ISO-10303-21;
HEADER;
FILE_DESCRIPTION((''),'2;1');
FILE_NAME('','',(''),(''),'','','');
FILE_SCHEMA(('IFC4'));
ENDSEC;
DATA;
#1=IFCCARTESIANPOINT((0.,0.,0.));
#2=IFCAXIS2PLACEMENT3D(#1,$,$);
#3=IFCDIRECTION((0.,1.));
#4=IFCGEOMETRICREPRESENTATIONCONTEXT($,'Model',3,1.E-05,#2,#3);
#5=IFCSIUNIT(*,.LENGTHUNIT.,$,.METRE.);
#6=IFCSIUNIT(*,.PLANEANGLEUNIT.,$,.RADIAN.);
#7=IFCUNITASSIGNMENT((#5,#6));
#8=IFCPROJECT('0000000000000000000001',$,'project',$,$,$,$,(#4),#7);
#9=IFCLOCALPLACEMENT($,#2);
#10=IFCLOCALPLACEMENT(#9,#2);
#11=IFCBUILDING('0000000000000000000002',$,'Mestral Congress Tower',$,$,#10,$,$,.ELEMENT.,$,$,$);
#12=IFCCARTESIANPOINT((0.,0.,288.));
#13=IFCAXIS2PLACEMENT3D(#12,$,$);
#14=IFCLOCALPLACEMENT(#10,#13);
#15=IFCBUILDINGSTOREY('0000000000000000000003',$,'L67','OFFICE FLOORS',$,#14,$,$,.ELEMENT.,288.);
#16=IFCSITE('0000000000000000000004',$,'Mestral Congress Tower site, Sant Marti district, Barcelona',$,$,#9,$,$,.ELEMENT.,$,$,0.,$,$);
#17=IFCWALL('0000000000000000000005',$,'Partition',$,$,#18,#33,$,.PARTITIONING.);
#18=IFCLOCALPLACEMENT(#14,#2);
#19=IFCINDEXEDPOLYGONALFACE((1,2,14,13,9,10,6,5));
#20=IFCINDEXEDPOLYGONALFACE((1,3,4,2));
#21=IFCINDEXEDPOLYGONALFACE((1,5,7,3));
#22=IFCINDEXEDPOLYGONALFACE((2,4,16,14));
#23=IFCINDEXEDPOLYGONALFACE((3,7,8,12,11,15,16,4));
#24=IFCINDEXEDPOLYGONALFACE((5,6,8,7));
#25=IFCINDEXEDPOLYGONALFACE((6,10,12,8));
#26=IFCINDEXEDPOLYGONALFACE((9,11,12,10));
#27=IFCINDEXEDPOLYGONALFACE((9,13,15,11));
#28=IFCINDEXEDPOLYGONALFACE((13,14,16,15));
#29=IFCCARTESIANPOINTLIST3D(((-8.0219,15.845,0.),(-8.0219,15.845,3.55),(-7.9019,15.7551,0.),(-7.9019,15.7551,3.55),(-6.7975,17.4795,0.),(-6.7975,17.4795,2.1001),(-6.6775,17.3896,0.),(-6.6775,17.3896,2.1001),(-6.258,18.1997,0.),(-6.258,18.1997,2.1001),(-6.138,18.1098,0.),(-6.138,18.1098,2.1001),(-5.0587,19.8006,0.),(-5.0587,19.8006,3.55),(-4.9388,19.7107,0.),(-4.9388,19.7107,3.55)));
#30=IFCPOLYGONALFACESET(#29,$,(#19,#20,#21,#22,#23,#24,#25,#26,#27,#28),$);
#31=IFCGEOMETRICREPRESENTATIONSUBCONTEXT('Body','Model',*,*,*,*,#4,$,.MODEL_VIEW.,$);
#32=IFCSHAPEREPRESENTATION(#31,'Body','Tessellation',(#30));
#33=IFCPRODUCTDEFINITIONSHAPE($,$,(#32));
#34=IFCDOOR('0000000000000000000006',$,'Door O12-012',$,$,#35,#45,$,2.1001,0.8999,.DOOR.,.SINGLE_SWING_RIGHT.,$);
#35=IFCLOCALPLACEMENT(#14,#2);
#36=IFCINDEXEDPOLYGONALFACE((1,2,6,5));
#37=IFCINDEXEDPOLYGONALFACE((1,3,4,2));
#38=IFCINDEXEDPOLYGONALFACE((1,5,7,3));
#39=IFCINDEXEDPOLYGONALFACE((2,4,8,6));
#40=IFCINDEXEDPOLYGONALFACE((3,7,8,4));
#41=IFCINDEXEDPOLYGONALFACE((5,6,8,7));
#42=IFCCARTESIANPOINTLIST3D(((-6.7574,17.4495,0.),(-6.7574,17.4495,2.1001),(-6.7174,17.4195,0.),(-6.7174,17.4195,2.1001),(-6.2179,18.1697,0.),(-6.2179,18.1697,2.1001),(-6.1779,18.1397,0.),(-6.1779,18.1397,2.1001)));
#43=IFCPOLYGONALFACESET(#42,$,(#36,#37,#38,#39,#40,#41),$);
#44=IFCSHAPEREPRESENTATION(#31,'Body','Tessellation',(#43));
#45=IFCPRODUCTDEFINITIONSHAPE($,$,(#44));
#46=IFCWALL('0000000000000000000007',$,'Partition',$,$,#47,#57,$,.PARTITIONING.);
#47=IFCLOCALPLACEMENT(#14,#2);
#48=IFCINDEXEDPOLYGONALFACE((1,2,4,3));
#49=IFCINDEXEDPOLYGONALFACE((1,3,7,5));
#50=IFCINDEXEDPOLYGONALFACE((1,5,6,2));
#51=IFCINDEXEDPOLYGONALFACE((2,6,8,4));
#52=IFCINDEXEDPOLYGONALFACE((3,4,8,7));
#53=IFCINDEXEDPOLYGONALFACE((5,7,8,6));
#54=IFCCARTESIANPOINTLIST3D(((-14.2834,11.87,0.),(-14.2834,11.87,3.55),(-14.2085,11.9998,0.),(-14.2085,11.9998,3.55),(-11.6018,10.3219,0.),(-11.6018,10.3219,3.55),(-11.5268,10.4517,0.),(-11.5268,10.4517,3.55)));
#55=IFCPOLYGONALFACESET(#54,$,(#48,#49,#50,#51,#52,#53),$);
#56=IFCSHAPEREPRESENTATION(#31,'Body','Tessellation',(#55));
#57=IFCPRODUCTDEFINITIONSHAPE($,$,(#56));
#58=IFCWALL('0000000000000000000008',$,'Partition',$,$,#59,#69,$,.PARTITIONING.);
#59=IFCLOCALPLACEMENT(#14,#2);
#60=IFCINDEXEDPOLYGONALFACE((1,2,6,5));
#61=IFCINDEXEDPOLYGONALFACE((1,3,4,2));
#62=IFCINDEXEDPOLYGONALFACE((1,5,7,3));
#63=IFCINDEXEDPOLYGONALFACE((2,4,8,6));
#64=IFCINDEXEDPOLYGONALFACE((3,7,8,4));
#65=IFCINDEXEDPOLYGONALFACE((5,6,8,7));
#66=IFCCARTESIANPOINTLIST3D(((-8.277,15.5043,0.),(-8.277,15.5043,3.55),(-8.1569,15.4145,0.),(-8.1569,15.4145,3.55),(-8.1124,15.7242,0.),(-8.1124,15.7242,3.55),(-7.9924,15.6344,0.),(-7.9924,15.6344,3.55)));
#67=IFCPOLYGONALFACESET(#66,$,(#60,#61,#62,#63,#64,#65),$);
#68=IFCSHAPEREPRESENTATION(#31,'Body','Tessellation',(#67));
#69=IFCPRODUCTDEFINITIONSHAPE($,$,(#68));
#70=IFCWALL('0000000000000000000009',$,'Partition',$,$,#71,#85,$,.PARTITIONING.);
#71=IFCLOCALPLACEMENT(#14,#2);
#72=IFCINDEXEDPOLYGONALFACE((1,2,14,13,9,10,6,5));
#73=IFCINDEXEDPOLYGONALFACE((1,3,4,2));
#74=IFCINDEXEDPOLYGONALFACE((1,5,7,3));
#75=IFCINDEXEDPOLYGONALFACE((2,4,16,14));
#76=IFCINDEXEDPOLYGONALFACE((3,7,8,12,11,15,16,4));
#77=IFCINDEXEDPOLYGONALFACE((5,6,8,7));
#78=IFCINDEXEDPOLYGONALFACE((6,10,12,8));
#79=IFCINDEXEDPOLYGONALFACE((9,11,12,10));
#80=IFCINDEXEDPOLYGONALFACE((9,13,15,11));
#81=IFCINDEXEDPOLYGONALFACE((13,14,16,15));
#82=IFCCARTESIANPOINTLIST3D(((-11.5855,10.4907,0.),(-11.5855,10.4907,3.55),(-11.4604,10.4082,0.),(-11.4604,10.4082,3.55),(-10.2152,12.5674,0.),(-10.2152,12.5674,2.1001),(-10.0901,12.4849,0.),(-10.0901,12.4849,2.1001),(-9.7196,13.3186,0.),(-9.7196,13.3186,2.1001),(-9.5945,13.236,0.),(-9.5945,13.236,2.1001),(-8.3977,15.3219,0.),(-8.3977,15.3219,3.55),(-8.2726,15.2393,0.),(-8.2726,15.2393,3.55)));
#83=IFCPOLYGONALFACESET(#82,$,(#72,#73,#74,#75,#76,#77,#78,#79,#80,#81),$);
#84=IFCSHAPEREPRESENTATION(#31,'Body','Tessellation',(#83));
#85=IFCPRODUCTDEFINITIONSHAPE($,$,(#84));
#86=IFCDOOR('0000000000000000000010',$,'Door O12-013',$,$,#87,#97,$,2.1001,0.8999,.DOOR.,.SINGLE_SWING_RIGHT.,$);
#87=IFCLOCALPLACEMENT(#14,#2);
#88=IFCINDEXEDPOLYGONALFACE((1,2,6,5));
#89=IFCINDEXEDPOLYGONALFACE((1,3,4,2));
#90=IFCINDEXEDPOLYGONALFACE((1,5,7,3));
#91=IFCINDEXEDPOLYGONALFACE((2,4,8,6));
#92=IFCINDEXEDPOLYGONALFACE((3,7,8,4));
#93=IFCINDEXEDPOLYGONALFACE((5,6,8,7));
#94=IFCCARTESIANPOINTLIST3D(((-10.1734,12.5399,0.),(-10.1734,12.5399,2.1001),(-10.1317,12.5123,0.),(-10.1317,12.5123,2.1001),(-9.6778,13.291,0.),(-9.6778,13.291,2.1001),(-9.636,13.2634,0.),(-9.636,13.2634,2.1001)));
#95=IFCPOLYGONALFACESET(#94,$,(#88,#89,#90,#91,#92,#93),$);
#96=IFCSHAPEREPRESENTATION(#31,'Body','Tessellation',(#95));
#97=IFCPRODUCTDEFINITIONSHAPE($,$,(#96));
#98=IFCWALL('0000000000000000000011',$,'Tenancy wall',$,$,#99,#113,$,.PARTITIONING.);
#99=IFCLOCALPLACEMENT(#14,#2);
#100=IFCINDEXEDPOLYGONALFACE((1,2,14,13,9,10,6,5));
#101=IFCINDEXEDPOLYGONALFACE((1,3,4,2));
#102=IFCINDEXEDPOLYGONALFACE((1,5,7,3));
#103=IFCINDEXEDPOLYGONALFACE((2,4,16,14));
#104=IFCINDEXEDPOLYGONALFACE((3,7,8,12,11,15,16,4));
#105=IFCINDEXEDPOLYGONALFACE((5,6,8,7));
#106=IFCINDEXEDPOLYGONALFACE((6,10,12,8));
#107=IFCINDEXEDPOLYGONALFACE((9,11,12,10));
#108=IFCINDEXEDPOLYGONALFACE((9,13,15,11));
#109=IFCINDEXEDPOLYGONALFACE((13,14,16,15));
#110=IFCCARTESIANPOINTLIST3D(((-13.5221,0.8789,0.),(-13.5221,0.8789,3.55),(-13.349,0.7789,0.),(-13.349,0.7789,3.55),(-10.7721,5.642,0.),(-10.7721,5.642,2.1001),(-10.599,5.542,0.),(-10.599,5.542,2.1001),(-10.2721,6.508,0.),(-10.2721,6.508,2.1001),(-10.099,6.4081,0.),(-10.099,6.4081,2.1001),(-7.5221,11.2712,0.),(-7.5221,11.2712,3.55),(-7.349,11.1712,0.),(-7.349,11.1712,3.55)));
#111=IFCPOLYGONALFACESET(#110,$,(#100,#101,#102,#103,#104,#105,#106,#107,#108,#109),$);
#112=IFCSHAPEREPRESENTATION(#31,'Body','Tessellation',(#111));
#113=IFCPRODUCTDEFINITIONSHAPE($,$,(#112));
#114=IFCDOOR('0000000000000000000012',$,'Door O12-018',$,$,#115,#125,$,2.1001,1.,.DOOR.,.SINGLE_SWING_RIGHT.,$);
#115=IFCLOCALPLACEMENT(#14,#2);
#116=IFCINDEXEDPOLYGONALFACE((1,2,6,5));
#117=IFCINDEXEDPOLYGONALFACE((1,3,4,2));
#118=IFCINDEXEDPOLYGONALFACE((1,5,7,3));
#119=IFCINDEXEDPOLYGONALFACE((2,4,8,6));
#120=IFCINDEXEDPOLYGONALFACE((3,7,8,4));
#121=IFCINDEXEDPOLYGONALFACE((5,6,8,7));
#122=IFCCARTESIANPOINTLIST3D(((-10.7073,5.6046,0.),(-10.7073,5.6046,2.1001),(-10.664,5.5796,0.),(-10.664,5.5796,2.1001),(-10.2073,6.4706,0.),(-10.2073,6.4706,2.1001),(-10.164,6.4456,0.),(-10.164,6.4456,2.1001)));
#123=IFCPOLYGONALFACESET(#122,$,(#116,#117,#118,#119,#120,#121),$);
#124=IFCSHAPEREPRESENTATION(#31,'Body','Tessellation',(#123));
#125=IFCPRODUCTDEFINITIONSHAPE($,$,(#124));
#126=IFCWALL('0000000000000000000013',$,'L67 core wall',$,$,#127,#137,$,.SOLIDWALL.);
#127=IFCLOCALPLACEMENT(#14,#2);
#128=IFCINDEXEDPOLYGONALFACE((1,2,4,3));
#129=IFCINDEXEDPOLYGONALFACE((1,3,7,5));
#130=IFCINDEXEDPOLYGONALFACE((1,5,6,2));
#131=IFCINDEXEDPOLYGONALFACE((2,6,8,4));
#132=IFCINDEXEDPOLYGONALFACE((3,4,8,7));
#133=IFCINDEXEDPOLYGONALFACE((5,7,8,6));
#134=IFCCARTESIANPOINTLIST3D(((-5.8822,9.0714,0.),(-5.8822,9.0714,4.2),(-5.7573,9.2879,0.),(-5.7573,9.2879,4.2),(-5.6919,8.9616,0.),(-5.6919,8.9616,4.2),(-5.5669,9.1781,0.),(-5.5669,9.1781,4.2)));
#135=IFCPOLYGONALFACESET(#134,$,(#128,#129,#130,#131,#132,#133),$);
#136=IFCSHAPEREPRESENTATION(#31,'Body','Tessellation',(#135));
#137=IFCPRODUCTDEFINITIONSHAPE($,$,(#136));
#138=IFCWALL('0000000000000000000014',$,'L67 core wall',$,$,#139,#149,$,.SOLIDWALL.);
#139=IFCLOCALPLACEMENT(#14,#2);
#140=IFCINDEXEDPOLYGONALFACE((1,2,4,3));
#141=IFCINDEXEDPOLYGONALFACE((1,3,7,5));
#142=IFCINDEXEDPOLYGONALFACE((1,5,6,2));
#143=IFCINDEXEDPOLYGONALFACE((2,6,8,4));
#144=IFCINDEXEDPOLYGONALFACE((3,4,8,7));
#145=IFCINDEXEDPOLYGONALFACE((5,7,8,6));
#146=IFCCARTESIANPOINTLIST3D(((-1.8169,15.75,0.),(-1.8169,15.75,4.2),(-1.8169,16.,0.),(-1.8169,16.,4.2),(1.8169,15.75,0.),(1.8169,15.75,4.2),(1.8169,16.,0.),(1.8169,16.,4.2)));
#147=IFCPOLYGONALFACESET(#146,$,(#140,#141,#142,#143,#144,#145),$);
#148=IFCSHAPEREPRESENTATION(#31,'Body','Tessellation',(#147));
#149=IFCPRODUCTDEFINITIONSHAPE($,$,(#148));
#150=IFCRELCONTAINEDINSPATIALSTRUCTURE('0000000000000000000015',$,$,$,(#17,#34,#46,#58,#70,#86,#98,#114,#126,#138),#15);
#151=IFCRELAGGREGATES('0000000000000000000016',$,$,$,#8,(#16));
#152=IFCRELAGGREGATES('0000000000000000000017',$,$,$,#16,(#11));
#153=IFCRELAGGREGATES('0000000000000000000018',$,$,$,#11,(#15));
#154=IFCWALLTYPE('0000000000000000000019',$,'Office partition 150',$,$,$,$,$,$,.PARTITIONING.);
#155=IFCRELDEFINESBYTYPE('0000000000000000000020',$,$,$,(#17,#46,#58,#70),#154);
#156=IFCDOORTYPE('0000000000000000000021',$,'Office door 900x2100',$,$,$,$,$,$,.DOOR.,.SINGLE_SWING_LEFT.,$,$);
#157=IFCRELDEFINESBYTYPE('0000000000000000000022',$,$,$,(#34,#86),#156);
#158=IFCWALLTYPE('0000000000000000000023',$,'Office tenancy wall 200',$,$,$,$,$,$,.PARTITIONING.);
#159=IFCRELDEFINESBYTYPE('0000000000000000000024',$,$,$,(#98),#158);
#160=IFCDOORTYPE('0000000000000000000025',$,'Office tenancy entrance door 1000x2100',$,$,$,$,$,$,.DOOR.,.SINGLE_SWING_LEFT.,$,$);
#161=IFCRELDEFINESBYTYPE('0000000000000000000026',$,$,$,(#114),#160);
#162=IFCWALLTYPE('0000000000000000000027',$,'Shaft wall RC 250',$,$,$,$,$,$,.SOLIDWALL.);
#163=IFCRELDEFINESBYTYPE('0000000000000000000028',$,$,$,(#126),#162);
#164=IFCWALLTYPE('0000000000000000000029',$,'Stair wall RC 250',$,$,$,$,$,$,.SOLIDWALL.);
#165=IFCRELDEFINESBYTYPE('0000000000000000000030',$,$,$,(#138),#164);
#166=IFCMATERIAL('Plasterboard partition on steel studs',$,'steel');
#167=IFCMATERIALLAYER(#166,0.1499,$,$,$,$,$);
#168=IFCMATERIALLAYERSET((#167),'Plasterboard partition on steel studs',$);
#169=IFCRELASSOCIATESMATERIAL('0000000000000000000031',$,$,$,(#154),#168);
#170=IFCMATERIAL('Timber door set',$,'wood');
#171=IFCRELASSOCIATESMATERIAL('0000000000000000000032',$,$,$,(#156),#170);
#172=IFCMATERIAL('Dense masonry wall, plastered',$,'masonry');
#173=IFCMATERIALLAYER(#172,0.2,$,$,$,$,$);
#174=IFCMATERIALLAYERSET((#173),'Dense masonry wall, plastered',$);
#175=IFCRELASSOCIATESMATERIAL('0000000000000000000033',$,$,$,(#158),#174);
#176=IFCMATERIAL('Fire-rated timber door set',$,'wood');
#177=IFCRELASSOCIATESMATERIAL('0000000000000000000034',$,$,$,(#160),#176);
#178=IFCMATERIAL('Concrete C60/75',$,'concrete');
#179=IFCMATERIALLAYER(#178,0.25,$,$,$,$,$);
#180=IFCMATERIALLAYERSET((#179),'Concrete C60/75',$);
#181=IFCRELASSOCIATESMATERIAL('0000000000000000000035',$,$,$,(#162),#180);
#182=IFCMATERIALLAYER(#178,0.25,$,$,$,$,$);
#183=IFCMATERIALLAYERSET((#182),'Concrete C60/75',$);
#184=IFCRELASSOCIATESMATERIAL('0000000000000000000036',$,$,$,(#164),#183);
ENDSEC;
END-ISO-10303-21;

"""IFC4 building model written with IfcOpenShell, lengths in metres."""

from ifc_helpers import new_model, si_unit, direction, frame, frame_2d, origin, place, context, subcontext, project, spatial, rectangle, extrude, material, layer, layer_set, type_object, element, fill, save


model = new_model("IFC4")

# Units and contexts
model_context = context("Model", 3, precision=1e-05, world=origin(), true_north=direction((0.0, 1.0)))
body_context = subcontext(model_context, "Body", "Model", "MODEL_VIEW")
ifc_project = project(units=[si_unit("LENGTHUNIT", "METRE"), si_unit("PLANEANGLEUNIT", "RADIAN")], contexts=[model_context])

# Site, building, storey
site_placement = place(None, origin())
site = spatial("IfcSite", under=ifc_project, at=site_placement, Name="Mestral Congress Tower site, Sant Marti district, Barcelona", CompositionType="ELEMENT", RefElevation=0.0)
building_placement = place(site_placement, origin())
building = spatial("IfcBuilding", under=site, at=building_placement, Name="Mestral Congress Tower", CompositionType="ELEMENT")
storey_placement = place(building_placement, frame((0.0, 0.0, 288.0)))
storey = spatial("IfcBuildingStorey", under=building, at=storey_placement, Name="L67", Description="OFFICE FLOORS", CompositionType="ELEMENT", Elevation=288.0)

# Shared definitions
ifc_material_1 = material(Name="Concrete C60/75", Category="concrete")

# Shared definitions
ifc_material_2 = material(Name="Plasterboard partition on steel studs", Category="steel")
ifc_layer_1 = layer(ifc_material_2, 0.1499)
ifc_layer_set_1 = layer_set([ifc_layer_1], Name="Plasterboard partition on steel studs")
wall_type_1 = type_object("IfcWallType", Name="Office partition 150", PredefinedType="PARTITIONING", material=ifc_layer_set_1)

# Wall, opening, door
wall_1_placement = place(storey_placement, frame((-7.9619, 15.8, 0.0), z_axis=(0.0, 0.0, 1.0), x_axis=(0.599541, 0.800344, 0.0)))
wall_1 = element("IfcWall", 1, at=wall_1_placement, inside=storey, type_object=wall_type_1, Name="Partition", PredefinedType="PARTITIONING", context=body_context, shape_type="SweptSolid", body=[
    extrude(rectangle(XDim=4.9424, YDim=0.1499, at=frame_2d((2.4712, 0.0))), origin(), (0.0, 0.0, 1.0), 3.55),
])
opening_1_placement = place(wall_1_placement, frame((2.0422, 0.0, 0.0)))
opening_1 = element("IfcOpeningElement", 2, at=opening_1_placement, cuts=wall_1, PredefinedType="OPENING", context=body_context, shape_type="SweptSolid", body=[
    extrude(rectangle(XDim=0.8999, YDim=2.1001, at=frame_2d((0.45, 1.05))), frame((0.0, 0.085, 0.0), z_axis=(0.0, -1.0, 0.0), x_axis=(1.0, 0.0, 0.0)), (0.0, 0.0, 1.0), 0.1699),
])
ifc_material_3 = material(Name="Timber door set", Category="wood")
door_type_1 = type_object("IfcDoorType", Name="Office door 900x2100", OperationType="SINGLE_SWING_LEFT", PredefinedType="DOOR", material=ifc_material_3)
door_1_placement = place(opening_1_placement, origin())
door_1 = element("IfcDoor", 3, at=door_1_placement, inside=storey, type_object=door_type_1, Name="Door O12-012", OperationType="SINGLE_SWING_RIGHT", OverallHeight=2.1001, OverallWidth=0.8999, PredefinedType="DOOR", context=body_context, shape_type="SweptSolid", body=[
    extrude(rectangle(XDim=0.8999, YDim=2.1001, at=frame_2d((0.45, 1.05))), frame((0.0, 0.0249, 0.0), z_axis=(0.0, -1.0, 0.0), x_axis=(1.0, 0.0, 0.0)), (0.0, 0.0, 1.0), 0.05),
])
fill(opening_1, door_1)

# Walls
wall_2_placement = place(storey_placement, frame((-11.5642, 10.3867, 0.0), z_axis=(0.0, 0.0, 1.0), x_axis=(-0.866046, 0.499964, 0.0)))
element("IfcWall", 4, at=wall_2_placement, inside=storey, type_object=wall_type_1, Name="Partition", PredefinedType="PARTITIONING", context=body_context, shape_type="SweptSolid", body=[
    extrude(rectangle(XDim=3.0964, YDim=0.1499, at=frame_2d((1.5483, 0.0))), origin(), (0.0, 0.0, 1.0), 3.55),
])
wall_3_placement = place(storey_placement, frame((-8.0525, 15.6792, 0.0), z_axis=(0.0, 0.0, 1.0), x_axis=(-0.599004, -0.800746, 0.0)))
element("IfcWall", 5, at=wall_3_placement, inside=storey, type_object=wall_type_1, Name="Partition", PredefinedType="PARTITIONING", context=body_context, shape_type="SweptSolid", body=[
    extrude(rectangle(XDim=0.2747, YDim=0.1499, at=frame_2d((0.1372, 0.0))), origin(), (0.0, 0.0, 1.0), 3.55),
])

# Walls, openings, doors
wall_4_placement = place(storey_placement, frame((-11.5229, 10.4495, 0.0), z_axis=(0.0, 0.0, 1.0), x_axis=(0.550752, 0.834669, 0.0)))
wall_4 = element("IfcWall", 6, at=wall_4_placement, inside=storey, type_object=wall_type_1, Name="Partition", PredefinedType="PARTITIONING", context=body_context, shape_type="SweptSolid", body=[
    extrude(rectangle(XDim=5.7881, YDim=0.1499, at=frame_2d((2.894, 0.0))), origin(), (0.0, 0.0, 1.0), 3.55),
])
opening_2_placement = place(wall_4_placement, frame((2.488, 0.0, 0.0)))
opening_2 = element("IfcOpeningElement", 7, at=opening_2_placement, cuts=wall_4, PredefinedType="OPENING", context=body_context, shape_type="SweptSolid", body=[
    extrude(rectangle(XDim=0.8999, YDim=2.1001, at=frame_2d((0.45, 1.05))), frame((0.0, 0.085, 0.0), z_axis=(0.0, -1.0, 0.0), x_axis=(1.0, 0.0, 0.0)), (0.0, 0.0, 1.0), 0.1699),
])
door_2_placement = place(opening_2_placement, origin())
door_2 = element("IfcDoor", 8, at=door_2_placement, inside=storey, type_object=door_type_1, Name="Door O12-013", OperationType="SINGLE_SWING_RIGHT", OverallHeight=2.1001, OverallWidth=0.8999, PredefinedType="DOOR", context=body_context, shape_type="SweptSolid", body=[
    extrude(rectangle(XDim=0.8999, YDim=2.1001, at=frame_2d((0.45, 1.05))), frame((0.0, 0.0249, 0.0), z_axis=(0.0, -1.0, 0.0), x_axis=(1.0, 0.0, 0.0)), (0.0, 0.0, 1.0), 0.05),
])
fill(opening_2, door_2)
ifc_material_4 = material(Name="Dense masonry wall, plastered", Category="masonry")
ifc_layer_2 = layer(ifc_material_4, 0.2)
ifc_layer_set_2 = layer_set([ifc_layer_2], Name="Dense masonry wall, plastered")
wall_type_2 = type_object("IfcWallType", Name="Office tenancy wall 200", PredefinedType="PARTITIONING", material=ifc_layer_set_2)
wall_5_placement = place(storey_placement, frame((-7.4355, 11.2212, 0.0), z_axis=(0.0, 0.0, 1.0), x_axis=(-0.499999, -0.866026, 0.0)))
wall_5 = element("IfcWall", 9, at=wall_5_placement, inside=storey, type_object=wall_type_2, Name="Tenancy wall", PredefinedType="PARTITIONING", context=body_context, shape_type="SweptSolid", body=[
    extrude(rectangle(XDim=12.0, YDim=0.2, at=frame_2d((6.0, 0.0))), origin(), (0.0, 0.0, 1.0), 3.55),
])
opening_3_placement = place(wall_5_placement, frame((5.5, 0.0, 0.0)))
opening_3 = element("IfcOpeningElement", 10, at=opening_3_placement, cuts=wall_5, PredefinedType="OPENING", context=body_context, shape_type="SweptSolid", body=[
    extrude(rectangle(XDim=1.0, YDim=2.1001, at=frame_2d((0.5, 1.05))), frame((0.0, 0.1099, 0.0), z_axis=(0.0, -1.0, 0.0), x_axis=(1.0, 0.0, 0.0)), (0.0, 0.0, 1.0), 0.22),
])
ifc_material_5 = material(Name="Fire-rated timber door set", Category="wood")
door_type_2 = type_object("IfcDoorType", Name="Office tenancy entrance door 1000x2100", OperationType="SINGLE_SWING_LEFT", PredefinedType="DOOR", material=ifc_material_5)
door_3_placement = place(opening_3_placement, origin())
door_3 = element("IfcDoor", 11, at=door_3_placement, inside=storey, type_object=door_type_2, Name="Door O12-018", OperationType="SINGLE_SWING_RIGHT", OverallHeight=2.1001, OverallWidth=1.0, PredefinedType="DOOR", context=body_context, shape_type="SweptSolid", body=[
    extrude(rectangle(XDim=1.0, YDim=2.1001, at=frame_2d((0.5, 1.05))), frame((0.0, 0.0249, 0.0), z_axis=(0.0, -1.0, 0.0), x_axis=(1.0, 0.0, 0.0)), (0.0, 0.0, 1.0), 0.05),
])
fill(opening_3, door_3)

# Walls
ifc_layer_3 = layer(ifc_material_1, 0.25)
ifc_layer_set_3 = layer_set([ifc_layer_3], Name="Concrete C60/75")
wall_type_3 = type_object("IfcWallType", Name="Shaft wall RC 250", PredefinedType="SOLIDWALL", material=ifc_layer_set_3)
wall_6_placement = place(storey_placement, frame((-5.6294, 9.0698, 0.0), z_axis=(0.0, 0.0, 1.0), x_axis=(-0.866186, 0.499722, 0.0)))
element("IfcWall", 12, at=wall_6_placement, inside=storey, type_object=wall_type_3, Name="L67 core wall", PredefinedType="SOLIDWALL", context=body_context, shape_type="SweptSolid", body=[
    extrude(rectangle(XDim=0.2197, YDim=0.25, at=frame_2d((0.1099, 0.0))), origin(), (0.0, 0.0, 1.0), 4.2),
])
ifc_layer_4 = layer(ifc_material_1, 0.25)
ifc_layer_set_4 = layer_set([ifc_layer_4], Name="Concrete C60/75")
wall_type_4 = type_object("IfcWallType", Name="Stair wall RC 250", PredefinedType="SOLIDWALL", material=ifc_layer_set_4)
wall_7_placement = place(storey_placement, frame((-1.8169, 15.875, 0.0), z_axis=(0.0, 0.0, 1.0), x_axis=(1.0, 0.0, 0.0)))
element("IfcWall", 13, at=wall_7_placement, inside=storey, type_object=wall_type_4, Name="L67 core wall", PredefinedType="SOLIDWALL", context=body_context, shape_type="SweptSolid", body=[
    extrude(rectangle(XDim=3.6338, YDim=0.25, at=frame_2d((1.8169, 0.0))), origin(), (0.0, 0.0, 1.0), 4.2),
])

save(model, "model.ifc")
